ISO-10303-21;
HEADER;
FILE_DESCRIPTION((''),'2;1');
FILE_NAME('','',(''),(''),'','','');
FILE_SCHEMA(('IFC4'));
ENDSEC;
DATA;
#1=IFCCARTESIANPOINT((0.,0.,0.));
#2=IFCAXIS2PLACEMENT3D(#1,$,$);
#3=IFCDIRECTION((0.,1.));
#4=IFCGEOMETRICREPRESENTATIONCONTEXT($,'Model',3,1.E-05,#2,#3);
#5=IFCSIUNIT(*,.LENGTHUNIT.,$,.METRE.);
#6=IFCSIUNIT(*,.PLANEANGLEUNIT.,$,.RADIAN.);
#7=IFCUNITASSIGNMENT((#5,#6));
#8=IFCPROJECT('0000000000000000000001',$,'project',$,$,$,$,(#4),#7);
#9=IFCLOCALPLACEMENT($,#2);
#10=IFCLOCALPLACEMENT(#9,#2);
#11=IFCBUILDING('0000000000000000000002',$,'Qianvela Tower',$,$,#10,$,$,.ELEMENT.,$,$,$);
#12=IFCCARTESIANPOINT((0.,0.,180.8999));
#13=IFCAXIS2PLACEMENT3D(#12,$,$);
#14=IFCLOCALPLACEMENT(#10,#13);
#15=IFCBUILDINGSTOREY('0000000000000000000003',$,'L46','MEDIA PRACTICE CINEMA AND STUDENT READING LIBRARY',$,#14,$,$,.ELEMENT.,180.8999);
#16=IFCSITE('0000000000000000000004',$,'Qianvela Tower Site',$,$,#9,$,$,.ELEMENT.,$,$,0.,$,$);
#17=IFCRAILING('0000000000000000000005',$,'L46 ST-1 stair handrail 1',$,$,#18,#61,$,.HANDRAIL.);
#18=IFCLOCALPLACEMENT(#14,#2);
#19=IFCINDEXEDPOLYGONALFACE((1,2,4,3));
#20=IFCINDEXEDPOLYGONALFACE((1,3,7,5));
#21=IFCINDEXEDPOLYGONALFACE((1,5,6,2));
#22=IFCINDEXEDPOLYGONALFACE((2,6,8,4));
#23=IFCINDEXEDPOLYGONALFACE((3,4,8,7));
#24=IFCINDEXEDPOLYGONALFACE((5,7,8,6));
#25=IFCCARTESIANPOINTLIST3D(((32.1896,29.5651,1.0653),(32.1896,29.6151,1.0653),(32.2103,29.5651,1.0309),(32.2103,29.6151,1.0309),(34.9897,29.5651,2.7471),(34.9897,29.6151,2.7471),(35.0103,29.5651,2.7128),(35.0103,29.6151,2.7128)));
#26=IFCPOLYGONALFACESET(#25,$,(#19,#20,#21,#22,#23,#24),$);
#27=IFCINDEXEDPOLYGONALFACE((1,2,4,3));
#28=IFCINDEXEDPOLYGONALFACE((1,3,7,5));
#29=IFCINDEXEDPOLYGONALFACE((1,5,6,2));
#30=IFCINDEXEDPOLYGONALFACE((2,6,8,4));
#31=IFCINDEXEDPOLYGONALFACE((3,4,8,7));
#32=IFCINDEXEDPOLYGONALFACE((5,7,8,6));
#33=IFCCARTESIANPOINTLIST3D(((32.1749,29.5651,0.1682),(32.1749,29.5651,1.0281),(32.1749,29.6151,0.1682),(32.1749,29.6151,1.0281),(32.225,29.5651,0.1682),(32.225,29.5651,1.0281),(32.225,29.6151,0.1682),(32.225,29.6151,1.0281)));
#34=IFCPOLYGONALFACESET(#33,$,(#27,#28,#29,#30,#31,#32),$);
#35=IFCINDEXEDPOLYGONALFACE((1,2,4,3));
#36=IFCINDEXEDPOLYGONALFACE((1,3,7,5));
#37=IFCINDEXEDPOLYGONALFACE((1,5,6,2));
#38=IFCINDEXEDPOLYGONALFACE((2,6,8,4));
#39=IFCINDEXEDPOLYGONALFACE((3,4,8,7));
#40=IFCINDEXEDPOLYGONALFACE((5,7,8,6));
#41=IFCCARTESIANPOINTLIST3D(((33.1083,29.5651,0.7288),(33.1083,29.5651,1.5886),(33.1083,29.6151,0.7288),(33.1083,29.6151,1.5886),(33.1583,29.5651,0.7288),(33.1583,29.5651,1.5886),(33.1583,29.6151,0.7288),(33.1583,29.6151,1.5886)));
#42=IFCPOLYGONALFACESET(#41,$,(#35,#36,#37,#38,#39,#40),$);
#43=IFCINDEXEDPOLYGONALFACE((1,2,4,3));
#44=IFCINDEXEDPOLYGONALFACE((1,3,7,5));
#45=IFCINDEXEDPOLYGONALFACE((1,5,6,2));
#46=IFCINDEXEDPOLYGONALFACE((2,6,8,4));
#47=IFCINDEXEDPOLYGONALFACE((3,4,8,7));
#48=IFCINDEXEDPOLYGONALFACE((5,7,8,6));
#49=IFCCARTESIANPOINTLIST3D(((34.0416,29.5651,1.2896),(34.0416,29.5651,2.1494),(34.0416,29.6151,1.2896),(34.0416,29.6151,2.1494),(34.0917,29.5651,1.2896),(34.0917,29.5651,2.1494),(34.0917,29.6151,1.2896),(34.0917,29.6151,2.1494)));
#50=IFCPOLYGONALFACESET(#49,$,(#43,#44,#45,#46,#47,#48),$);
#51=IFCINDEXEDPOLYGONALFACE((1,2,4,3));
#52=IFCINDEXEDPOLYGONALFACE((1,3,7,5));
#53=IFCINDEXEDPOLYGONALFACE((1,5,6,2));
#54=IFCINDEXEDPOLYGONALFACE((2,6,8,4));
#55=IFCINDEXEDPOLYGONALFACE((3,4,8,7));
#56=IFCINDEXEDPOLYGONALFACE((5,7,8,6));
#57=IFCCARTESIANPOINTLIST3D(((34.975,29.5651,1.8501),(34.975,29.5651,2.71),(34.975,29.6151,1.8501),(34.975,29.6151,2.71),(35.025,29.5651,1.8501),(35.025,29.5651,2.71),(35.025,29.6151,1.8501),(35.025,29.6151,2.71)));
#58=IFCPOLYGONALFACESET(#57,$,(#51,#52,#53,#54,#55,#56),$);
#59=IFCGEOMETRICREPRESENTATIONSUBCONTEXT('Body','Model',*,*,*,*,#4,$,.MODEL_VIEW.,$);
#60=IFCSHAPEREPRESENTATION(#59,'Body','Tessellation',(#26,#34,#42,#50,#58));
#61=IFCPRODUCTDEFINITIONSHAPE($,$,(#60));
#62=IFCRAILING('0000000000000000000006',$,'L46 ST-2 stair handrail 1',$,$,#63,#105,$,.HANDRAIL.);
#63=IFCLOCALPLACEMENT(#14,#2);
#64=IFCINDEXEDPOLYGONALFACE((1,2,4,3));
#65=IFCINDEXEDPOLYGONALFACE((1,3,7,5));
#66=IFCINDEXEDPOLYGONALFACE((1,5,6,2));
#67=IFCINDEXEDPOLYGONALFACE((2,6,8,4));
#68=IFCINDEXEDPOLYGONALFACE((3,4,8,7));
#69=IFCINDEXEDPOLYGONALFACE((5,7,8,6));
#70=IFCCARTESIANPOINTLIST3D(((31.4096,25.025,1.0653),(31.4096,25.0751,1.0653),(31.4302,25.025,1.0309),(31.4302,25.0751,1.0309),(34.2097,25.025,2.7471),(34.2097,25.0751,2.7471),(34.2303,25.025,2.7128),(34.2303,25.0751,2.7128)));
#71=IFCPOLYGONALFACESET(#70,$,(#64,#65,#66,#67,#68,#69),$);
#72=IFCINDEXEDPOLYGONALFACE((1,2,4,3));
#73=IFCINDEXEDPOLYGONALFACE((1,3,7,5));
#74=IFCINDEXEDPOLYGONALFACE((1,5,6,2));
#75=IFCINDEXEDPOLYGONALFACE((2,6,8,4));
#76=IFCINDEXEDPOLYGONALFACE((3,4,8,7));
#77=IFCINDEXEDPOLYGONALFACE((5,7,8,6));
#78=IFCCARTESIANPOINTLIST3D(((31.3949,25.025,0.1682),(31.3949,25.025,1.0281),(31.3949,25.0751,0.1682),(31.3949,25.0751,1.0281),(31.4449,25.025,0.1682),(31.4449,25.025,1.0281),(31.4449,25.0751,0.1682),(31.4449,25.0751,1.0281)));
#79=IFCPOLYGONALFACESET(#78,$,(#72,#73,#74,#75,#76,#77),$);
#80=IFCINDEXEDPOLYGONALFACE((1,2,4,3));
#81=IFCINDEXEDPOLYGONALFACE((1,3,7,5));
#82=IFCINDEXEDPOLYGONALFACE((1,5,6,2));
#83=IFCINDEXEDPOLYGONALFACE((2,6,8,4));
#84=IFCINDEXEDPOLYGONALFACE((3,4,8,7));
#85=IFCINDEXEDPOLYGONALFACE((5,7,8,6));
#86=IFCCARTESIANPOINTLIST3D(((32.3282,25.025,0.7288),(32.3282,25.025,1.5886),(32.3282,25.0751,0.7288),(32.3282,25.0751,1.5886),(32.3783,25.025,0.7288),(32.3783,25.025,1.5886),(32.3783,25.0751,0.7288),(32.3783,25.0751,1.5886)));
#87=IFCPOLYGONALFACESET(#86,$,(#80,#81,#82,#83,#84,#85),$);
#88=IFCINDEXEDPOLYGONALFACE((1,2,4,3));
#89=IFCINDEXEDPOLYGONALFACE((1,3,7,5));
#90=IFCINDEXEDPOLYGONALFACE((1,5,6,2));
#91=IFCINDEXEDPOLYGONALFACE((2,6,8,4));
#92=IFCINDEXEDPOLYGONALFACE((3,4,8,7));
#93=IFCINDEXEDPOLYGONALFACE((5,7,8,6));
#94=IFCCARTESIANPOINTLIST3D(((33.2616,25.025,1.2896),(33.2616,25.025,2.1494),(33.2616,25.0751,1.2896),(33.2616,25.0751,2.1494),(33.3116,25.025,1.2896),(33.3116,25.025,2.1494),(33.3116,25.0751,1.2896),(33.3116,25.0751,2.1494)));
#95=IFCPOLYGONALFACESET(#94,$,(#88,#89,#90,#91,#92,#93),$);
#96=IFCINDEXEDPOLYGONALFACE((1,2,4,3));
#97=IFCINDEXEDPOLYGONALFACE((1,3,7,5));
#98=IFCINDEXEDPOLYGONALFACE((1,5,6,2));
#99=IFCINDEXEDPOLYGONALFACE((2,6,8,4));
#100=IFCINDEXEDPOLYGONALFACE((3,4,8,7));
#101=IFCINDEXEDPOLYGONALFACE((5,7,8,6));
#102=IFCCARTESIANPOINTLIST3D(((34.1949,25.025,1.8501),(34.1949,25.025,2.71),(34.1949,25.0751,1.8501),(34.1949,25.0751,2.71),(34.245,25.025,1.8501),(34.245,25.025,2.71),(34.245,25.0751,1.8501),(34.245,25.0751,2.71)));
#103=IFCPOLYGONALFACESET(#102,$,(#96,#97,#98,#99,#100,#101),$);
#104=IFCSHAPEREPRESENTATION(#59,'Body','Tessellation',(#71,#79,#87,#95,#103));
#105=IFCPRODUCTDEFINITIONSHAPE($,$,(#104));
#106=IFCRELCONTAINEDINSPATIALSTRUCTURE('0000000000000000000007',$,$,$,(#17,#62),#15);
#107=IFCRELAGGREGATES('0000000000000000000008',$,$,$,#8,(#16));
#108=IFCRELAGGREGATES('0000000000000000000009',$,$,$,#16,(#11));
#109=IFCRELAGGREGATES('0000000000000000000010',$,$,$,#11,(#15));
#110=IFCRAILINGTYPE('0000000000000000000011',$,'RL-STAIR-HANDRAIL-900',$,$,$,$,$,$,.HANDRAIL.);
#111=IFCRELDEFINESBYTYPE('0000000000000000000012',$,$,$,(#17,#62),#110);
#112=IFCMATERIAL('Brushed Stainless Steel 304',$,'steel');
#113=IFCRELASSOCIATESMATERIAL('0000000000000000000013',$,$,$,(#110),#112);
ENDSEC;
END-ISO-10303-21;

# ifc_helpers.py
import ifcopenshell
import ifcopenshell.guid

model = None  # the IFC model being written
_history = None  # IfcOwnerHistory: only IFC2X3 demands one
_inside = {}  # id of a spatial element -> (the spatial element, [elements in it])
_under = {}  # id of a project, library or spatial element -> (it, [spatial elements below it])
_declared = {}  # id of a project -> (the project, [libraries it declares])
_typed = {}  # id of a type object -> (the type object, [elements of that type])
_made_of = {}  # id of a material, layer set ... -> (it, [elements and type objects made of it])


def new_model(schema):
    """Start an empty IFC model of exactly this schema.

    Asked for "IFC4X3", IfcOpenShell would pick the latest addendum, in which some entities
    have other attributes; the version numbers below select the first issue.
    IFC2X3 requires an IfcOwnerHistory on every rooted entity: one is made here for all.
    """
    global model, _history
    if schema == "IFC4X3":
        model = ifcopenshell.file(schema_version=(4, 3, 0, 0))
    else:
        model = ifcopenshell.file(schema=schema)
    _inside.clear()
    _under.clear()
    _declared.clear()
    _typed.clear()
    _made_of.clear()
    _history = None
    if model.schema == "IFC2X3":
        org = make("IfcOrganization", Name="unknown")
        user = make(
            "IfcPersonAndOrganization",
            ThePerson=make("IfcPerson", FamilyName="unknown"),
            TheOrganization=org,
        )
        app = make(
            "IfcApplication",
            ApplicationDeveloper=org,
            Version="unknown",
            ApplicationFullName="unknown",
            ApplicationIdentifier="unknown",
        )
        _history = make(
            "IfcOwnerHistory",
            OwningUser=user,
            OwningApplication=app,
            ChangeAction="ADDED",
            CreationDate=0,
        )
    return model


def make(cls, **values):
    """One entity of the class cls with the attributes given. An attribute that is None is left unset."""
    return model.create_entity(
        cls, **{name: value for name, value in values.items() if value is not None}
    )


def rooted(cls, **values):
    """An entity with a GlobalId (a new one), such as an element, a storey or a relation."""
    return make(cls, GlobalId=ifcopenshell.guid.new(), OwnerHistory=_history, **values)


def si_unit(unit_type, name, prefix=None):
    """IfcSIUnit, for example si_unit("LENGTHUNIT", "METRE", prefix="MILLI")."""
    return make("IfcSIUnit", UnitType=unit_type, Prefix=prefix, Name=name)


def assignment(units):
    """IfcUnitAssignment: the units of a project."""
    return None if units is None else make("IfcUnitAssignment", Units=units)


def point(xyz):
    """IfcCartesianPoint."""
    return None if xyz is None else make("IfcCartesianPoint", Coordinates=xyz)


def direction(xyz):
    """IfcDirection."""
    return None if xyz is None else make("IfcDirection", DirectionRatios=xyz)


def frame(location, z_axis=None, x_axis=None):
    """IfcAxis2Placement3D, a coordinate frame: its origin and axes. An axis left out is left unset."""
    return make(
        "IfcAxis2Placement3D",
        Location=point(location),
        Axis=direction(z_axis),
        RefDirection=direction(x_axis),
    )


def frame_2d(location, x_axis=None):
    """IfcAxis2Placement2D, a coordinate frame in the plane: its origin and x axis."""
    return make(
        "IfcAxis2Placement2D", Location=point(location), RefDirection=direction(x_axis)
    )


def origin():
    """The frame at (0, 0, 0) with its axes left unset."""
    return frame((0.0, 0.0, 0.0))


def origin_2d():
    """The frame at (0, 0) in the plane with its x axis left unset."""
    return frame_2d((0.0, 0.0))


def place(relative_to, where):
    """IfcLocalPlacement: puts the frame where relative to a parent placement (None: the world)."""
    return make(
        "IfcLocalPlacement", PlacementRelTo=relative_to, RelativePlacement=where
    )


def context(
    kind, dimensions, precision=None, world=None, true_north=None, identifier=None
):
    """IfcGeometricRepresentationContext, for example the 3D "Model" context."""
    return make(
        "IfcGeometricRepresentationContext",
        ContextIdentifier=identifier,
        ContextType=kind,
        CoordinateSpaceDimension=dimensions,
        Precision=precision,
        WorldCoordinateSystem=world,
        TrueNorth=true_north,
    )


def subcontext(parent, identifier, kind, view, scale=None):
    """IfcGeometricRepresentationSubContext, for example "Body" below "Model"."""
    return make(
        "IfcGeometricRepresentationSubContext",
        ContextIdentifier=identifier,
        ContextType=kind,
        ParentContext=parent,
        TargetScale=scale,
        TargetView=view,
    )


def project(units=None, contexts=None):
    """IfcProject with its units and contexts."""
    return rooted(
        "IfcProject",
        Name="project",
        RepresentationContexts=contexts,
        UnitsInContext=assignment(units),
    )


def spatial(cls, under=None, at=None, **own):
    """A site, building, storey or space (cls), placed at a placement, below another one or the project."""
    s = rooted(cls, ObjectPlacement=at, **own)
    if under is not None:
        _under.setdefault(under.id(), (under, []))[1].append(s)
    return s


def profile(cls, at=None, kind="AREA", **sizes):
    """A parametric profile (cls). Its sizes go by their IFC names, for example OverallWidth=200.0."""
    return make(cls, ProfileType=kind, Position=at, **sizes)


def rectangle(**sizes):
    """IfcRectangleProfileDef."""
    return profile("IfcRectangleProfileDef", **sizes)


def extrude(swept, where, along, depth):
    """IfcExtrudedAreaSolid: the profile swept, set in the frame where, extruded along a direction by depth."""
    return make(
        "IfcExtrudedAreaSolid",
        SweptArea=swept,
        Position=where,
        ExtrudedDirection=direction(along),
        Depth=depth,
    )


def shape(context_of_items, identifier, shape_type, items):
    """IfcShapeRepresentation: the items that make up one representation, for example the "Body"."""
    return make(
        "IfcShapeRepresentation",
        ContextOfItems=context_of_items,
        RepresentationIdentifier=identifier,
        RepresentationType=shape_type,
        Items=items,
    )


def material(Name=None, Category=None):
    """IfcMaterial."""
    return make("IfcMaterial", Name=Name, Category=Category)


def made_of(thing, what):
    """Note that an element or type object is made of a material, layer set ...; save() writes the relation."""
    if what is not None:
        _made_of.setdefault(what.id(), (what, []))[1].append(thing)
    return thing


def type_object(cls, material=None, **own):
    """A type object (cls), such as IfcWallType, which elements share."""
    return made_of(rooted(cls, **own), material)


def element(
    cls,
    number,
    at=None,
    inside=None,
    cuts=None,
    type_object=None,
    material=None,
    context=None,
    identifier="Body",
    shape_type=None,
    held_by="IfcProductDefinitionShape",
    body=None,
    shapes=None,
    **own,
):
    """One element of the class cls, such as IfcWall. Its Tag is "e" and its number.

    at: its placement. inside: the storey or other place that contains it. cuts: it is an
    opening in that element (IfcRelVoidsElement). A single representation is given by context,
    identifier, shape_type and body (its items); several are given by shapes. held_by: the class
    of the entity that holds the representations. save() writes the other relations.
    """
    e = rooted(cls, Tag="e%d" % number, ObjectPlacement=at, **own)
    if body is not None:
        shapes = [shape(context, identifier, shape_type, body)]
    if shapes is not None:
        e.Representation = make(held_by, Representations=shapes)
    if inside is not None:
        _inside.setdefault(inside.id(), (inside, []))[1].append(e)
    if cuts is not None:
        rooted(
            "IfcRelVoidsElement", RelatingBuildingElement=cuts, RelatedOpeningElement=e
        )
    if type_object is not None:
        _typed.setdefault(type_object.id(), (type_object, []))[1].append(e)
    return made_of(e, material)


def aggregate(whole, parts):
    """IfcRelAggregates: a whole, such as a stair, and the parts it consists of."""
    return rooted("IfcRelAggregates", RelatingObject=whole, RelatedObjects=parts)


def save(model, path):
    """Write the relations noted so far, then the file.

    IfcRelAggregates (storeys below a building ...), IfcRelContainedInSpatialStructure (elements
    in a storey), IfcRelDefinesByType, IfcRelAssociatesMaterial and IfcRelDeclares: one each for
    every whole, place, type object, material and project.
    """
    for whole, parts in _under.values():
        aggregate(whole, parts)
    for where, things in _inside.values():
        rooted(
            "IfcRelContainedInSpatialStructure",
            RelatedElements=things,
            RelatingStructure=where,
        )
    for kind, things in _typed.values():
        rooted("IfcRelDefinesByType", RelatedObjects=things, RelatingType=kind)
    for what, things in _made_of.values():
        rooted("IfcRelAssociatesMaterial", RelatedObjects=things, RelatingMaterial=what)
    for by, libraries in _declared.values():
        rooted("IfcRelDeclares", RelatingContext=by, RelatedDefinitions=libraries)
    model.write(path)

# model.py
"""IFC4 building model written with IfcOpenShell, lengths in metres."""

from ifc_helpers import new_model, si_unit, direction, frame, origin, origin_2d, place, context, subcontext, project, spatial, rectangle, extrude, material, type_object, element, save


model = new_model("IFC4")

# Units and contexts
model_context = context("Model", 3, precision=1e-05, world=origin(), true_north=direction((0.0, 1.0)))
body_context = subcontext(model_context, "Body", "Model", "MODEL_VIEW")
ifc_project = project(units=[si_unit("LENGTHUNIT", "METRE"), si_unit("PLANEANGLEUNIT", "RADIAN")], contexts=[model_context])

# Site, building, storey
site_placement = place(None, origin())
site = spatial("IfcSite", under=ifc_project, at=site_placement, Name="Qianvela Tower Site", CompositionType="ELEMENT", RefElevation=0.0)
building_placement = place(site_placement, origin())
building = spatial("IfcBuilding", under=site, at=building_placement, Name="Qianvela Tower", CompositionType="ELEMENT")
storey_placement = place(building_placement, frame((0.0, 0.0, 180.8999)))
storey = spatial("IfcBuildingStorey", under=building, at=storey_placement, Name="L46", Description="MEDIA PRACTICE CINEMA AND STUDENT READING LIBRARY", CompositionType="ELEMENT", Elevation=180.8999)

# Railings
ifc_material_1 = material(Name="Brushed Stainless Steel 304", Category="steel")
railing_type_1 = type_object("IfcRailingType", Name="RL-STAIR-HANDRAIL-900", PredefinedType="HANDRAIL", material=ifc_material_1)
for number, where, name in (
    (1, (32.2, 29.5901, 0.1682), "L46 ST-1 stair handrail 1"),
    (2, (31.4199, 25.05, 0.1682), "L46 ST-2 stair handrail 1"),
):
    element("IfcRailing", number, at=place(storey_placement, frame(where)), inside=storey, type_object=railing_type_1, Name=name, PredefinedType="HANDRAIL", context=body_context, shape_type="SweptSolid", body=[
        extrude(rectangle(XDim=0.05, YDim=0.04, at=origin_2d()), frame((0.0, 0.0, 0.8799), z_axis=(0.857242, 0.0, 0.514913), x_axis=(0.0, 1.0, 0.0)), (0.0, 0.0, 1.0), 3.2664),
        extrude(rectangle(XDim=0.05, YDim=0.05, at=origin_2d()), origin(), (0.0, 0.0, 1.0), 0.8599),
        extrude(rectangle(XDim=0.05, YDim=0.05, at=origin_2d()), frame((0.9333, 0.0, 0.5605)), (0.0, 0.0, 1.0), 0.8599),
        extrude(rectangle(XDim=0.05, YDim=0.05, at=origin_2d()), frame((1.8667, 0.0, 1.1213)), (0.0, 0.0, 1.0), 0.8599),
        extrude(rectangle(XDim=0.05, YDim=0.05, at=origin_2d()), frame((2.8, 0.0, 1.6819)), (0.0, 0.0, 1.0), 0.8599),
    ])

save(model, "model.ifc")
